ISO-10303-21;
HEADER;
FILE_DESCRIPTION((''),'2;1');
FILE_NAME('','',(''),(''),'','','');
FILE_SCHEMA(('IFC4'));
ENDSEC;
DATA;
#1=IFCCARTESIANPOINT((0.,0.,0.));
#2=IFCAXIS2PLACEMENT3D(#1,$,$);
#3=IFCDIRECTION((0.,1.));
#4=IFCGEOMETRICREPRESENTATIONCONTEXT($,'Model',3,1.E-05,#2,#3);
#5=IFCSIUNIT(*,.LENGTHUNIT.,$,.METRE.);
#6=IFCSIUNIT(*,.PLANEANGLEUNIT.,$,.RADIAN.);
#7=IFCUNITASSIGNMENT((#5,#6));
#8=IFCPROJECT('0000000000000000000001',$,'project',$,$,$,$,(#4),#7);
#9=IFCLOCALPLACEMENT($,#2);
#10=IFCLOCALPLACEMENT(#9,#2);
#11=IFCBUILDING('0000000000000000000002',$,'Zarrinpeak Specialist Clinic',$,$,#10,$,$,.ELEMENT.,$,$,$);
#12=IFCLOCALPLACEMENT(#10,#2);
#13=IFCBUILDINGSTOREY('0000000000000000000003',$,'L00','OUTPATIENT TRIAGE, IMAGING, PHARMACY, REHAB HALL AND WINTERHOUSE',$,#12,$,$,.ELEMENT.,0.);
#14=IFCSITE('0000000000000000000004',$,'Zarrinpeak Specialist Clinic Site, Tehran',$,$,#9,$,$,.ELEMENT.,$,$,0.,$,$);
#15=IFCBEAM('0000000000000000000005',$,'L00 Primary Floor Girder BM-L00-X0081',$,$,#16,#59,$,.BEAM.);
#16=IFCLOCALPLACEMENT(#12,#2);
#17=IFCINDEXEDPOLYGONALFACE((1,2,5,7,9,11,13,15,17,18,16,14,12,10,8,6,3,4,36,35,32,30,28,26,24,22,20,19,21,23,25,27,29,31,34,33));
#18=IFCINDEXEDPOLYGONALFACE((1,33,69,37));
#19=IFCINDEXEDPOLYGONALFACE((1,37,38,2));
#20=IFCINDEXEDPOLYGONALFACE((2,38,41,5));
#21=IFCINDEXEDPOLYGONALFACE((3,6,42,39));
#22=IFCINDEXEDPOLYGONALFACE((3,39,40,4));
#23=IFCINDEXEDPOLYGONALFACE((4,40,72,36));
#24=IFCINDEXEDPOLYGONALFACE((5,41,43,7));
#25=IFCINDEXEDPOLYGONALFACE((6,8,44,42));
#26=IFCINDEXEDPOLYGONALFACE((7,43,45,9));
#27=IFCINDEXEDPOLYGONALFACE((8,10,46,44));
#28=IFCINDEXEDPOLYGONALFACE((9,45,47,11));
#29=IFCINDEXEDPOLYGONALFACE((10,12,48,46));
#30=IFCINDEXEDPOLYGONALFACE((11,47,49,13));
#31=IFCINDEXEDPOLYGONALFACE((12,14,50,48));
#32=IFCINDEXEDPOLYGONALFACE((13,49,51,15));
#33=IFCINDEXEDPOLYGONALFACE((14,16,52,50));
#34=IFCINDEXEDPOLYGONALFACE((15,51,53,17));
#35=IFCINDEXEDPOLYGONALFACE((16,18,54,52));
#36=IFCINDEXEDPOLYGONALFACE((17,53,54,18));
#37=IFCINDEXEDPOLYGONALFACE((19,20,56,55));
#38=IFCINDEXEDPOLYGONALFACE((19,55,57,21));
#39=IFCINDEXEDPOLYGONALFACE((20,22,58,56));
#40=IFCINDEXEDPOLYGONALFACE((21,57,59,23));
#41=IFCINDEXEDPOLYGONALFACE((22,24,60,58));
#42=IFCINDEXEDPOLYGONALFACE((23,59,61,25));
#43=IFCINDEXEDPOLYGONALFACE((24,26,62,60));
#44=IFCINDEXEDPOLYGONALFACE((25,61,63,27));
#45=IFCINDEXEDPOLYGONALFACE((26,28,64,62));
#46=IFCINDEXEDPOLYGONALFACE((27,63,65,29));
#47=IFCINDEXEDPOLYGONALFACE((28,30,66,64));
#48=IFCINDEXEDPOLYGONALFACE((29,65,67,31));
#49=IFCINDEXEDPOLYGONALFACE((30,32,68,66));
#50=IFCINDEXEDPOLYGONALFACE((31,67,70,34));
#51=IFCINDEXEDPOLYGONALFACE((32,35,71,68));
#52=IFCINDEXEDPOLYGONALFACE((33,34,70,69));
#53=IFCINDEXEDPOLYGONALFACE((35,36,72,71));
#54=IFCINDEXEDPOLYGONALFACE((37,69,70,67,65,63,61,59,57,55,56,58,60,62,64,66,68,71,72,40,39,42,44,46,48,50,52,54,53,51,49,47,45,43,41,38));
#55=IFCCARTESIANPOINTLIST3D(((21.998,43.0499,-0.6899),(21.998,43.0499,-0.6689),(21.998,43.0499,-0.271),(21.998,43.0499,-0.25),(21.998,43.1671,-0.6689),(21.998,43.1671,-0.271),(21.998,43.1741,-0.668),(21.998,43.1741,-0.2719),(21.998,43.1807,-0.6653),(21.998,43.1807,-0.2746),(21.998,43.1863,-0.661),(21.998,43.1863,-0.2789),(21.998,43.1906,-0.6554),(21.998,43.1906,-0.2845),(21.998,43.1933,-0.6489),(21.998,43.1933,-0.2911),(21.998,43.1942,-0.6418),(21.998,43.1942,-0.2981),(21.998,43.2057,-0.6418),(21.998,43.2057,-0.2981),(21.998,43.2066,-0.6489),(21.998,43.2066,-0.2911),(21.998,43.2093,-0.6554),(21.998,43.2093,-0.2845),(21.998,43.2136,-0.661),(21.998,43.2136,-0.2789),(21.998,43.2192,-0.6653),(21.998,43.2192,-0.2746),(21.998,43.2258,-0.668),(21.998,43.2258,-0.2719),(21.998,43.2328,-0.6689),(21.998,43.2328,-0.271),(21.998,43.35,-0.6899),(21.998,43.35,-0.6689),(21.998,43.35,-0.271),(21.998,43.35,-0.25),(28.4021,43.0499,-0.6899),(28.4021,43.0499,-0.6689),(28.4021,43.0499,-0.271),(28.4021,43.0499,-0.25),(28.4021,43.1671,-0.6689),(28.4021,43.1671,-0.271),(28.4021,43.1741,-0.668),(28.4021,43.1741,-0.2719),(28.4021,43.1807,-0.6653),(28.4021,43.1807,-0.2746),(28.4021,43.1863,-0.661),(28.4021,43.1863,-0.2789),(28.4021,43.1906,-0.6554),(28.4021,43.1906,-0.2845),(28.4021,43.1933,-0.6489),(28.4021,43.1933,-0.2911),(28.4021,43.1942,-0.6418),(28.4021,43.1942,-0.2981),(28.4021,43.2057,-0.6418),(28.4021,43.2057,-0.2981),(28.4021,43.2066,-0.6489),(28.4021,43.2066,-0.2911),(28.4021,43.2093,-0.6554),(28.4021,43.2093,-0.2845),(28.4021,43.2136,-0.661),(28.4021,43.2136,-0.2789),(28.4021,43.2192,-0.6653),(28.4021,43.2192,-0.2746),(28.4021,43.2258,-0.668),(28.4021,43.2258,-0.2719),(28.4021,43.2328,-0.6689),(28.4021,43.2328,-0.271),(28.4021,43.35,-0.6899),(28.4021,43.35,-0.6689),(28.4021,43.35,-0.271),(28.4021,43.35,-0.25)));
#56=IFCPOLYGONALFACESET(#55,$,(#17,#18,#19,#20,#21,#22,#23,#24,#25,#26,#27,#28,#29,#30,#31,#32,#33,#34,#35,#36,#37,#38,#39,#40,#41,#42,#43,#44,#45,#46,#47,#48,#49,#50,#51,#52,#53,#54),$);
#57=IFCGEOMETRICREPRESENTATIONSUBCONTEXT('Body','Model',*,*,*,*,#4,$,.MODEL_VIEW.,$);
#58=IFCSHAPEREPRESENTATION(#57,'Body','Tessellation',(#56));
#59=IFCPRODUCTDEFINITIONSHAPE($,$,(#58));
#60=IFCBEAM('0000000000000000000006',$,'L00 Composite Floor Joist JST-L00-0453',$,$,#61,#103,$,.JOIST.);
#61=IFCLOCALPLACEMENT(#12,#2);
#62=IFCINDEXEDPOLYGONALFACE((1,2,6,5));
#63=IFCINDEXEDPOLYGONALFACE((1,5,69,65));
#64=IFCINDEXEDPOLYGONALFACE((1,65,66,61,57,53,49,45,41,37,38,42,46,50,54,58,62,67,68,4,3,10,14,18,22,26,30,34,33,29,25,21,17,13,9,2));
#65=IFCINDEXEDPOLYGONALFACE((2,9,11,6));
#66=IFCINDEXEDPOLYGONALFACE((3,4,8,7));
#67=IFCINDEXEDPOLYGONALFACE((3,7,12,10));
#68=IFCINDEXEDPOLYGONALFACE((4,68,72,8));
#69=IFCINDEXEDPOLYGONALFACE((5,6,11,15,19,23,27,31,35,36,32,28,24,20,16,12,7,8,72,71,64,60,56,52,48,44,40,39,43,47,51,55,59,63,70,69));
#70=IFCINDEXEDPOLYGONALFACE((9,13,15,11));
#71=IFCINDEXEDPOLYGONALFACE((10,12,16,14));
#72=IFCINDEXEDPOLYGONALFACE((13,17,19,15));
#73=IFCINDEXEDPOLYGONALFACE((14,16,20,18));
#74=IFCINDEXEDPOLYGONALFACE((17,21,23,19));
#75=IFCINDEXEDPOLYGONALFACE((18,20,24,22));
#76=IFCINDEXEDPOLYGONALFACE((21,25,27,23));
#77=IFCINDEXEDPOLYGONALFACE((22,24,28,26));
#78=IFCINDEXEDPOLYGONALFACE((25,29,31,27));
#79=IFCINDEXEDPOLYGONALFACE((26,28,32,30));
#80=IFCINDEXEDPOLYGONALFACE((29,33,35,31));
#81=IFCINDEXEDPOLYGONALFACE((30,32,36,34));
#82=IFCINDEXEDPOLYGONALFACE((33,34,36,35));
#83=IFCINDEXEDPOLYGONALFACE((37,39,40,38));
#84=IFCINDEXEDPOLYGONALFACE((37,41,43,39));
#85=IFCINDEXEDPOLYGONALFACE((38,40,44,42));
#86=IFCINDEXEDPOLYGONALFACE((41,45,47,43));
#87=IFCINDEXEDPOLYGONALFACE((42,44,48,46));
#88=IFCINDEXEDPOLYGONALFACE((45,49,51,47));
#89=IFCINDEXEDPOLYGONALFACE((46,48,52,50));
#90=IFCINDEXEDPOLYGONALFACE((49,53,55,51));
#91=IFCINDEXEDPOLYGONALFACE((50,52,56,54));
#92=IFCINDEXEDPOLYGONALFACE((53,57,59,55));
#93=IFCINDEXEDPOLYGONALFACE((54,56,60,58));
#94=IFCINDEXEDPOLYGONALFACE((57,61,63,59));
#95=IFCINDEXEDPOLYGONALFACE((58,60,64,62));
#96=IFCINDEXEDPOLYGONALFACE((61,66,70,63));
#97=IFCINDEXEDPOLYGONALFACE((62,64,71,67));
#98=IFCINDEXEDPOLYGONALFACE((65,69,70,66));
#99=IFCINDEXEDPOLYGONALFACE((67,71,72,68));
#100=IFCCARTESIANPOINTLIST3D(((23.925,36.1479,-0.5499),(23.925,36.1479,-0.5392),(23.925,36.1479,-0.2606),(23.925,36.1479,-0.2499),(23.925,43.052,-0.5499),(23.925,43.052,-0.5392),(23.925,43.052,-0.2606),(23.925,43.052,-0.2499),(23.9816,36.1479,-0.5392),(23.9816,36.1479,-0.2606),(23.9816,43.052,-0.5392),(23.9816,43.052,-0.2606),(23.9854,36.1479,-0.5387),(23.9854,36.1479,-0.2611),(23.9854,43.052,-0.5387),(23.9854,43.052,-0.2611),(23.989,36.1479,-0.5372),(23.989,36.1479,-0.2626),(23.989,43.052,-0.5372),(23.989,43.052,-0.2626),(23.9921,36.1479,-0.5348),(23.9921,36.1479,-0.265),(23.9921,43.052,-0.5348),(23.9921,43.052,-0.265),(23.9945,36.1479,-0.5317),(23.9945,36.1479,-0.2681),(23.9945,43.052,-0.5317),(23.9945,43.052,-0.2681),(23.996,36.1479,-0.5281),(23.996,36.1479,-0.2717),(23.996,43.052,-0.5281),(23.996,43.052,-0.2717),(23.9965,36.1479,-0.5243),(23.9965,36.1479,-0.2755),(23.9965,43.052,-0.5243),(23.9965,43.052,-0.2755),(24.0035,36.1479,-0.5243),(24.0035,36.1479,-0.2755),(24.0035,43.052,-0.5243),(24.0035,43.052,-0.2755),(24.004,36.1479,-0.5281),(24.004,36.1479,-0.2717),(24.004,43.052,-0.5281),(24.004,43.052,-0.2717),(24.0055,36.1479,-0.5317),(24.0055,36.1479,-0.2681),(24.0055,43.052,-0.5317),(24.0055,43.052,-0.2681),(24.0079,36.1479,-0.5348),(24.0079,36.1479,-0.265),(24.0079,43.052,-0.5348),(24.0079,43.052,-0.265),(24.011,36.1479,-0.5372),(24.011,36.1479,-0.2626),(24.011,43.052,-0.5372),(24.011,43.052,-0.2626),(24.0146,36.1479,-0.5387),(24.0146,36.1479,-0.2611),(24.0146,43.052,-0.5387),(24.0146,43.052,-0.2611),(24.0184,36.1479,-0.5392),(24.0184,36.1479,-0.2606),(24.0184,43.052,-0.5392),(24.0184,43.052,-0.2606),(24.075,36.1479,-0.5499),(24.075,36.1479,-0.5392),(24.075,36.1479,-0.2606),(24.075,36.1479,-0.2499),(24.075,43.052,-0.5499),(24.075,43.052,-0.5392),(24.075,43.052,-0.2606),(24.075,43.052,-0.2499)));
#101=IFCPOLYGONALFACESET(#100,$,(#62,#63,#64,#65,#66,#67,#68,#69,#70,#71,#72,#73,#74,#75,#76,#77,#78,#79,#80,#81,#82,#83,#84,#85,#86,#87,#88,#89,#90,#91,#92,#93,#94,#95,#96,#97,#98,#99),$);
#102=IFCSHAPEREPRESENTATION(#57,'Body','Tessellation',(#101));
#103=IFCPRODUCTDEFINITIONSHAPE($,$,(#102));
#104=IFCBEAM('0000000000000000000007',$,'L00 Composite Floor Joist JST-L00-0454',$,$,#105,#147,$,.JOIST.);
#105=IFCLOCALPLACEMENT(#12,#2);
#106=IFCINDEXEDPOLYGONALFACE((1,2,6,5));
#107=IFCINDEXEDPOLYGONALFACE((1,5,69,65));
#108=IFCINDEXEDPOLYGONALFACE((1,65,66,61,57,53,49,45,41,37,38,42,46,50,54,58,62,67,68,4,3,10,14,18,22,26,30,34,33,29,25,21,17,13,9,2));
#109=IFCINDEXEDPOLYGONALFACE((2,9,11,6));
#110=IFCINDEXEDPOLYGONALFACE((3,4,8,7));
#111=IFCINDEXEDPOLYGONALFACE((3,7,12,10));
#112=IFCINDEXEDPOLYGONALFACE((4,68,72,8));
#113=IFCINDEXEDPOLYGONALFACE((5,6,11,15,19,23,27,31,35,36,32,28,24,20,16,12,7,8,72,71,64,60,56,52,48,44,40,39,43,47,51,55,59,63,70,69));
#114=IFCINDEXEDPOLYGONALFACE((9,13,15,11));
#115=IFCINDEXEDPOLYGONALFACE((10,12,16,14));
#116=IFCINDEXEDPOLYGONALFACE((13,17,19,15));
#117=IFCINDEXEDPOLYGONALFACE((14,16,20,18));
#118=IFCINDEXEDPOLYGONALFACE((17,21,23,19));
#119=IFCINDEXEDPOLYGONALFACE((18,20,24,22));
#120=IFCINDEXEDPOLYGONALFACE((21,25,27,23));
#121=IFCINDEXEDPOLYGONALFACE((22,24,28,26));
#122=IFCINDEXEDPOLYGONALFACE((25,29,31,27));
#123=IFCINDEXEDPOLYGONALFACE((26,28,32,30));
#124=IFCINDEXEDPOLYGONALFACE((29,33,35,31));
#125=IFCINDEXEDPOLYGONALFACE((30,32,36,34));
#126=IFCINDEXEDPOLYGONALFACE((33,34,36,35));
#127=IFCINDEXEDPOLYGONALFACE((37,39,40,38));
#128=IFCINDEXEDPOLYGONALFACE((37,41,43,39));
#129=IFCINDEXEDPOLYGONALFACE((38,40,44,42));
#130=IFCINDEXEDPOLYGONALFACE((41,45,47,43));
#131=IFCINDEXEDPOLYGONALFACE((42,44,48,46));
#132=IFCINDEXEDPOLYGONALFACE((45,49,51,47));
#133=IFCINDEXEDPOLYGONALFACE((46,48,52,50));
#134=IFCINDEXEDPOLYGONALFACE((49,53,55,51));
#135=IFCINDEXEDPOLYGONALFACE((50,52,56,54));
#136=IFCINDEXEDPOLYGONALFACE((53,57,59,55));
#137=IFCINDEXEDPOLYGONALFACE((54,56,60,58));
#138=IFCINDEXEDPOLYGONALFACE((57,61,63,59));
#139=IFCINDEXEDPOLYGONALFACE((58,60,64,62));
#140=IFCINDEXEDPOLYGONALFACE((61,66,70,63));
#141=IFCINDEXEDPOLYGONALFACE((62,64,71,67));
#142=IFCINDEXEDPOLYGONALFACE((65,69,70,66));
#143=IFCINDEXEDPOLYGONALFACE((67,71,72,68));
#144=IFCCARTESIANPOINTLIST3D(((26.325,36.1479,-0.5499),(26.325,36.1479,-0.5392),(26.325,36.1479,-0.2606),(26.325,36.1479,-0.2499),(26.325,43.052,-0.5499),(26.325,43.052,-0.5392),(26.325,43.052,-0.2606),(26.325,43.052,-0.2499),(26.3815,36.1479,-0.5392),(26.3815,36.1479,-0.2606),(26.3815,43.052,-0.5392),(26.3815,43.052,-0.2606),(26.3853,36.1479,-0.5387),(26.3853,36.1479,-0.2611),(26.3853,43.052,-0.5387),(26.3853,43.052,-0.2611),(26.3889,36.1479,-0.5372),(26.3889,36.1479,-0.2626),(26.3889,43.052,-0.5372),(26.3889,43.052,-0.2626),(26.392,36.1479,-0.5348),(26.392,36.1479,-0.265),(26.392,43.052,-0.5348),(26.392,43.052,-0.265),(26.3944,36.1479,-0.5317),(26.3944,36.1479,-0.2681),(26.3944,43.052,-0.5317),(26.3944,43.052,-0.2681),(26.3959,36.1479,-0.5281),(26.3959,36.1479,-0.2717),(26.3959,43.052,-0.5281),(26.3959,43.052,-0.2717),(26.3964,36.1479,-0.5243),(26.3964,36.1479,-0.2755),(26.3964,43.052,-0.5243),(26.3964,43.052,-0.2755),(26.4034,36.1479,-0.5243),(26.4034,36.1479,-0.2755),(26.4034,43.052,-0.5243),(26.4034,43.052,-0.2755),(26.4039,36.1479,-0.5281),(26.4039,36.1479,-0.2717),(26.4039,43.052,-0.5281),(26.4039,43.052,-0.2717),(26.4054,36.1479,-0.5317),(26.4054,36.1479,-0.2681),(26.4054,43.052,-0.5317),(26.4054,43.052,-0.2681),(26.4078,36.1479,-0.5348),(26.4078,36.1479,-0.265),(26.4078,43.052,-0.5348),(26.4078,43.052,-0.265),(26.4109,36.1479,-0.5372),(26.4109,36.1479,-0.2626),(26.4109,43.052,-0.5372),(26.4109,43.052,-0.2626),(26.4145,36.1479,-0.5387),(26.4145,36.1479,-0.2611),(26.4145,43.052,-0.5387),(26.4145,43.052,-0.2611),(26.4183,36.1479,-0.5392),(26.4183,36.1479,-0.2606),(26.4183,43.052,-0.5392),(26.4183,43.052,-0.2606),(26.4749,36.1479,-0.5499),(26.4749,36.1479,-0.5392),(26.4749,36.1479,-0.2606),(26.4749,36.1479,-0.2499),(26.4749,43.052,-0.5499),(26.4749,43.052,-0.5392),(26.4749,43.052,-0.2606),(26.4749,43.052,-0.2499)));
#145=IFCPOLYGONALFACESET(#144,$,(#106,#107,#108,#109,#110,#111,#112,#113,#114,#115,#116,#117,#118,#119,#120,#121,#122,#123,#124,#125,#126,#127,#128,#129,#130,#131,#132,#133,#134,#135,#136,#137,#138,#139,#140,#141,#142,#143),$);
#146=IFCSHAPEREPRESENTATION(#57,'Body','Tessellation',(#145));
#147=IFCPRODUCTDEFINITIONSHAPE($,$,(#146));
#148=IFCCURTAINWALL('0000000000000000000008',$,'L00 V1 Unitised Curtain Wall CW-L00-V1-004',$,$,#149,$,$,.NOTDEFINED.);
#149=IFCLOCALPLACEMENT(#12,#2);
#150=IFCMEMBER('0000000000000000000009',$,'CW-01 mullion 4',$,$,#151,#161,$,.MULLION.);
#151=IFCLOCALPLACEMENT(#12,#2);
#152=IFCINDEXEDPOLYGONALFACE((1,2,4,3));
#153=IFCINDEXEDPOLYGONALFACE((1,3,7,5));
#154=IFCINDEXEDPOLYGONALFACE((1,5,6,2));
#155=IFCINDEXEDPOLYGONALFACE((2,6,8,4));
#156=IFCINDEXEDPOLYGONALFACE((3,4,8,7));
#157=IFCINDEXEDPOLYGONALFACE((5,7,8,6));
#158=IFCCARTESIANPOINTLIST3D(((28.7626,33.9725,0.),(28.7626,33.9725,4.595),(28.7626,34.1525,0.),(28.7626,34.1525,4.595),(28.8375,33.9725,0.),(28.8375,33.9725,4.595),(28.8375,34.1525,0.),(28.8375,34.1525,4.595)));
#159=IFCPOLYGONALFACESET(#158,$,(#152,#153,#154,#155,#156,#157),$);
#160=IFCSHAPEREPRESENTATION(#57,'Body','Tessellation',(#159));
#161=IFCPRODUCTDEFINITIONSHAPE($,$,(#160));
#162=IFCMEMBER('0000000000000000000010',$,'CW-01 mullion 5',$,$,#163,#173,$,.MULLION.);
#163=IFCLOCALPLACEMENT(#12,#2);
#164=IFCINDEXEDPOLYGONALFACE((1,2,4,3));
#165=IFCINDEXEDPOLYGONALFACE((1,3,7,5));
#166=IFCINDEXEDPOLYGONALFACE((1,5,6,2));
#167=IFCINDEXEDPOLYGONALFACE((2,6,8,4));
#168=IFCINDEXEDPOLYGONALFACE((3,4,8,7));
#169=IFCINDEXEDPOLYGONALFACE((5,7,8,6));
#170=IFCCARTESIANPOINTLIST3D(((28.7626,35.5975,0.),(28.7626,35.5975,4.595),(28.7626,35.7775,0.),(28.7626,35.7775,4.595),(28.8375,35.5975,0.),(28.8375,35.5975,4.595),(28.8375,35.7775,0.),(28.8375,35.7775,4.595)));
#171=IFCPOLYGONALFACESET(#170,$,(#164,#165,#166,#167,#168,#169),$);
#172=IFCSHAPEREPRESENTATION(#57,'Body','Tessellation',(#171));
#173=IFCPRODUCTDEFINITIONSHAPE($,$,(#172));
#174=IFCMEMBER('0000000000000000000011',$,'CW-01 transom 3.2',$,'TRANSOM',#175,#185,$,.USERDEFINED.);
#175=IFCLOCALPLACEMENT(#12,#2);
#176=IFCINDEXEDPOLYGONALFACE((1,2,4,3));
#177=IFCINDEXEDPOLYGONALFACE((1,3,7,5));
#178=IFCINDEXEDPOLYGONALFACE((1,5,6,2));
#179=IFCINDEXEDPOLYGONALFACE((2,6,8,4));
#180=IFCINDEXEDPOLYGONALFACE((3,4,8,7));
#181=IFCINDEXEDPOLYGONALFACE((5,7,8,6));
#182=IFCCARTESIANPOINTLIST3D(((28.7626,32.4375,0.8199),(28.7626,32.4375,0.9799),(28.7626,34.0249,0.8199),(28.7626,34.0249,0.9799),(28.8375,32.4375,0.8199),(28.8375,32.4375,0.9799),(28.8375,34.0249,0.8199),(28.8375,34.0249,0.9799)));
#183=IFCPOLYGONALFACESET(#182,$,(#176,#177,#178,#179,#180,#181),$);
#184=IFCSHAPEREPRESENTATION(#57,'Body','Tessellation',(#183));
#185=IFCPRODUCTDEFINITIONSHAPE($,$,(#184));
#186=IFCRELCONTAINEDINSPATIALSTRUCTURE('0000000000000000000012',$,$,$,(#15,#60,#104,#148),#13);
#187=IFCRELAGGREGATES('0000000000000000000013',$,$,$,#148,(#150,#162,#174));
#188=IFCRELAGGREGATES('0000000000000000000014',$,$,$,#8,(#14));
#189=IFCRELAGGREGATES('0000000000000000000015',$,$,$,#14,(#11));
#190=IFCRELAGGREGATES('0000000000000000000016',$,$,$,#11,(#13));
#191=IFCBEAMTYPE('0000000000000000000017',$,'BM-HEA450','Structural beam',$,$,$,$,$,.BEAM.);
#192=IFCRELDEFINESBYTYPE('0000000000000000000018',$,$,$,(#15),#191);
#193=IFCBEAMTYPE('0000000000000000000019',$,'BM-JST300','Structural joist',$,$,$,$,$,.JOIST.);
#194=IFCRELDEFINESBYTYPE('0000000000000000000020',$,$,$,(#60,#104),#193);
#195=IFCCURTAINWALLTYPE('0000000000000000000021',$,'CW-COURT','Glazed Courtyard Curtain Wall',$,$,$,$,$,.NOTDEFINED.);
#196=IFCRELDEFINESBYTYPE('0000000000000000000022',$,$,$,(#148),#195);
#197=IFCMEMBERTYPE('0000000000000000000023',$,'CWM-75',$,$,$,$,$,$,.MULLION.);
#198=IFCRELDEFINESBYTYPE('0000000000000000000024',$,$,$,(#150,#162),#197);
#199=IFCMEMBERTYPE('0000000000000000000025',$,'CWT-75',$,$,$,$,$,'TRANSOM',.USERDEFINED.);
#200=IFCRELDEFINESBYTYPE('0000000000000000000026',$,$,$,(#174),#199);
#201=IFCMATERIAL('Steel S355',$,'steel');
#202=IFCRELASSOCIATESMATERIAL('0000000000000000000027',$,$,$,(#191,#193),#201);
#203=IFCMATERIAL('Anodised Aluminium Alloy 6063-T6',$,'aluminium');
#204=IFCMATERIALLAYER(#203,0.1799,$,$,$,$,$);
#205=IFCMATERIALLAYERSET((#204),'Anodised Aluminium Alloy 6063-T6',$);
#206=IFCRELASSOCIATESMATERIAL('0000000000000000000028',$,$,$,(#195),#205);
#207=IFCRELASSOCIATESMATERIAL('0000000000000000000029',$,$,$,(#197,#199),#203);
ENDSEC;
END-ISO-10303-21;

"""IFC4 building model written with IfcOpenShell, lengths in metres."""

from ifc_helpers import new_model, si_unit, direction, frame, origin, origin_2d, place, context, subcontext, project, spatial, rectangle, i_section, extrude, material, layer, layer_set, material_profile, profile_set, type_object, element, aggregate, save


model = new_model("IFC4")

# Units and contexts
model_context = context("Model", 3, precision=1e-05, world=origin(), true_north=direction((0.0, 1.0)))
body_context = subcontext(model_context, "Body", "Model", "MODEL_VIEW")
ifc_project = project(units=[si_unit("LENGTHUNIT", "METRE"), si_unit("PLANEANGLEUNIT", "RADIAN")], contexts=[model_context])

# Site, building, storey
site_placement = place(None, origin())
site = spatial("IfcSite", under=ifc_project, at=site_placement, Name="Zarrinpeak Specialist Clinic Site, Tehran", CompositionType="ELEMENT", RefElevation=0.0)
building_placement = place(site_placement, origin())
building = spatial("IfcBuilding", under=site, at=building_placement, Name="Zarrinpeak Specialist Clinic", CompositionType="ELEMENT")
storey_placement = place(building_placement, origin())
storey = spatial("IfcBuildingStorey", under=building, at=storey_placement, Name="L00", Description="OUTPATIENT TRIAGE, IMAGING, PHARMACY, REHAB HALL AND WINTERHOUSE", CompositionType="ELEMENT", Elevation=0.0)

# Shared definitions
ifc_material_1 = material(Name="Steel S355", Category="steel")

# Beams
ifc_material_profile_1 = material_profile(ifc_material_1, i_section(OverallWidth=0.3, OverallDepth=0.4399, WebThickness=0.0115, FlangeThickness=0.021, FilletRadius=0.0271, at=origin_2d()), Name="HEA 450")
ifc_profile_set_1 = profile_set([ifc_material_profile_1], Name="Steel S355")
beam_type_1 = type_object("IfcBeamType", Name="BM-HEA450", Description="Structural beam", PredefinedType="BEAM", material=ifc_profile_set_1)
for number, where, z_axis, x_axis, name in (
    (1, (21.998, 43.2, -0.47), (1.0, 0.0, 0.0), (0.0, 1.0, 0.0), "L00 Primary Floor Girder BM-L00-X0081"),
):
    element("IfcBeam", number, at=place(storey_placement, frame(where, z_axis=z_axis, x_axis=x_axis)), inside=storey, type_object=beam_type_1, Name=name, PredefinedType="BEAM", context=body_context, shape_type="SweptSolid", body=[
        extrude(i_section(OverallWidth=0.3, OverallDepth=0.4399, WebThickness=0.0115, FlangeThickness=0.021, FilletRadius=0.0271, at=origin_2d()), origin(), (0.0, 0.0, 1.0), 6.4041),
    ])
ifc_material_profile_2 = material_profile(ifc_material_1, i_section(OverallWidth=0.1499, OverallDepth=0.3, WebThickness=0.0071, FlangeThickness=0.0107, FilletRadius=0.0149, at=origin_2d()), Name="IPE 300")
ifc_profile_set_2 = profile_set([ifc_material_profile_2], Name="Steel S355")
beam_type_2 = type_object("IfcBeamType", Name="BM-JST300", Description="Structural joist", PredefinedType="JOIST", material=ifc_profile_set_2)
for number, where, z_axis, x_axis, name in (
    (2, (24.0, 36.1479, -0.3999), (0.0, 1.0, 0.0), (-1.0, 0.0, 0.0), "L00 Composite Floor Joist JST-L00-0453"),
    (3, (26.3999, 36.1479, -0.3999), (0.0, 1.0, 0.0), (-1.0, 0.0, 0.0), "L00 Composite Floor Joist JST-L00-0454"),
):
    element("IfcBeam", number, at=place(storey_placement, frame(where, z_axis=z_axis, x_axis=x_axis)), inside=storey, type_object=beam_type_2, Name=name, PredefinedType="JOIST", context=body_context, shape_type="SweptSolid", body=[
        extrude(i_section(OverallWidth=0.1499, OverallDepth=0.3, WebThickness=0.0071, FlangeThickness=0.0107, FilletRadius=0.0149, at=origin_2d()), origin(), (0.0, 0.0, 1.0), 6.9041),
    ])

# Curtain wall, members
ifc_material_2 = material(Name="Anodised Aluminium Alloy 6063-T6", Category="aluminium")
ifc_layer_1 = layer(ifc_material_2, 0.1799)
ifc_layer_set_1 = layer_set([ifc_layer_1], Name="Anodised Aluminium Alloy 6063-T6")
curtain_wall_type = type_object("IfcCurtainWallType", Name="CW-COURT", Description="Glazed Courtyard Curtain Wall", PredefinedType="NOTDEFINED", material=ifc_layer_set_1)
curtain_wall_placement = place(storey_placement, origin())
curtain_wall = element("IfcCurtainWall", 4, at=curtain_wall_placement, inside=storey, type_object=curtain_wall_type, Name="L00 V1 Unitised Curtain Wall CW-L00-V1-004", PredefinedType="NOTDEFINED")
ifc_material_profile_3 = material_profile(ifc_material_2, rectangle(XDim=0.075, YDim=0.1799, at=origin_2d()), Name="ALU 75x180")
ifc_profile_set_3 = profile_set([ifc_material_profile_3], Name="Anodised Aluminium Alloy 6063-T6")
member_type_1 = type_object("IfcMemberType", Name="CWM-75", PredefinedType="MULLION", material=ifc_profile_set_3)
member_1_placement = place(storey_placement, frame((28.8, 34.0625, 0.0), z_axis=(0.0, 0.0, 1.0), x_axis=(-1.0, 0.0, 0.0)))
member_1 = element("IfcMember", 5, at=member_1_placement, type_object=member_type_1, Name="CW-01 mullion 4", PredefinedType="MULLION", context=body_context, shape_type="SweptSolid", body=[
    extrude(rectangle(XDim=0.075, YDim=0.1799, at=origin_2d()), origin(), (0.0, 0.0, 1.0), 4.595),
])
member_2_placement = place(storey_placement, frame((28.8, 35.6875, 0.0), z_axis=(0.0, 0.0, 1.0), x_axis=(-1.0, 0.0, 0.0)))
member_2 = element("IfcMember", 6, at=member_2_placement, type_object=member_type_1, Name="CW-01 mullion 5", PredefinedType="MULLION", context=body_context, shape_type="SweptSolid", body=[
    extrude(rectangle(XDim=0.075, YDim=0.1799, at=origin_2d()), origin(), (0.0, 0.0, 1.0), 4.595),
])
ifc_material_profile_4 = material_profile(ifc_material_2, rectangle(XDim=0.075, YDim=0.1599, at=origin_2d()), Name="ALU 75x160")
ifc_profile_set_4 = profile_set([ifc_material_profile_4], Name="Anodised Aluminium Alloy 6063-T6")
member_type_2 = type_object("IfcMemberType", Name="CWT-75", ElementType="TRANSOM", PredefinedType="USERDEFINED", material=ifc_profile_set_4)
member_3_placement = place(storey_placement, frame((28.8, 32.4375, 0.8999), z_axis=(0.0, 1.0, 0.0), x_axis=(-1.0, 0.0, 0.0)))
member_3 = element("IfcMember", 7, at=member_3_placement, type_object=member_type_2, Name="CW-01 transom 3.2", ObjectType="TRANSOM", PredefinedType="USERDEFINED", context=body_context, shape_type="SweptSolid", body=[
    extrude(rectangle(XDim=0.075, YDim=0.1599, at=origin_2d()), origin(), (0.0, 0.0, 1.0), 1.5874),
])
aggregate(curtain_wall, [member_1, member_2, member_3])

save(model, "model.ifc")
